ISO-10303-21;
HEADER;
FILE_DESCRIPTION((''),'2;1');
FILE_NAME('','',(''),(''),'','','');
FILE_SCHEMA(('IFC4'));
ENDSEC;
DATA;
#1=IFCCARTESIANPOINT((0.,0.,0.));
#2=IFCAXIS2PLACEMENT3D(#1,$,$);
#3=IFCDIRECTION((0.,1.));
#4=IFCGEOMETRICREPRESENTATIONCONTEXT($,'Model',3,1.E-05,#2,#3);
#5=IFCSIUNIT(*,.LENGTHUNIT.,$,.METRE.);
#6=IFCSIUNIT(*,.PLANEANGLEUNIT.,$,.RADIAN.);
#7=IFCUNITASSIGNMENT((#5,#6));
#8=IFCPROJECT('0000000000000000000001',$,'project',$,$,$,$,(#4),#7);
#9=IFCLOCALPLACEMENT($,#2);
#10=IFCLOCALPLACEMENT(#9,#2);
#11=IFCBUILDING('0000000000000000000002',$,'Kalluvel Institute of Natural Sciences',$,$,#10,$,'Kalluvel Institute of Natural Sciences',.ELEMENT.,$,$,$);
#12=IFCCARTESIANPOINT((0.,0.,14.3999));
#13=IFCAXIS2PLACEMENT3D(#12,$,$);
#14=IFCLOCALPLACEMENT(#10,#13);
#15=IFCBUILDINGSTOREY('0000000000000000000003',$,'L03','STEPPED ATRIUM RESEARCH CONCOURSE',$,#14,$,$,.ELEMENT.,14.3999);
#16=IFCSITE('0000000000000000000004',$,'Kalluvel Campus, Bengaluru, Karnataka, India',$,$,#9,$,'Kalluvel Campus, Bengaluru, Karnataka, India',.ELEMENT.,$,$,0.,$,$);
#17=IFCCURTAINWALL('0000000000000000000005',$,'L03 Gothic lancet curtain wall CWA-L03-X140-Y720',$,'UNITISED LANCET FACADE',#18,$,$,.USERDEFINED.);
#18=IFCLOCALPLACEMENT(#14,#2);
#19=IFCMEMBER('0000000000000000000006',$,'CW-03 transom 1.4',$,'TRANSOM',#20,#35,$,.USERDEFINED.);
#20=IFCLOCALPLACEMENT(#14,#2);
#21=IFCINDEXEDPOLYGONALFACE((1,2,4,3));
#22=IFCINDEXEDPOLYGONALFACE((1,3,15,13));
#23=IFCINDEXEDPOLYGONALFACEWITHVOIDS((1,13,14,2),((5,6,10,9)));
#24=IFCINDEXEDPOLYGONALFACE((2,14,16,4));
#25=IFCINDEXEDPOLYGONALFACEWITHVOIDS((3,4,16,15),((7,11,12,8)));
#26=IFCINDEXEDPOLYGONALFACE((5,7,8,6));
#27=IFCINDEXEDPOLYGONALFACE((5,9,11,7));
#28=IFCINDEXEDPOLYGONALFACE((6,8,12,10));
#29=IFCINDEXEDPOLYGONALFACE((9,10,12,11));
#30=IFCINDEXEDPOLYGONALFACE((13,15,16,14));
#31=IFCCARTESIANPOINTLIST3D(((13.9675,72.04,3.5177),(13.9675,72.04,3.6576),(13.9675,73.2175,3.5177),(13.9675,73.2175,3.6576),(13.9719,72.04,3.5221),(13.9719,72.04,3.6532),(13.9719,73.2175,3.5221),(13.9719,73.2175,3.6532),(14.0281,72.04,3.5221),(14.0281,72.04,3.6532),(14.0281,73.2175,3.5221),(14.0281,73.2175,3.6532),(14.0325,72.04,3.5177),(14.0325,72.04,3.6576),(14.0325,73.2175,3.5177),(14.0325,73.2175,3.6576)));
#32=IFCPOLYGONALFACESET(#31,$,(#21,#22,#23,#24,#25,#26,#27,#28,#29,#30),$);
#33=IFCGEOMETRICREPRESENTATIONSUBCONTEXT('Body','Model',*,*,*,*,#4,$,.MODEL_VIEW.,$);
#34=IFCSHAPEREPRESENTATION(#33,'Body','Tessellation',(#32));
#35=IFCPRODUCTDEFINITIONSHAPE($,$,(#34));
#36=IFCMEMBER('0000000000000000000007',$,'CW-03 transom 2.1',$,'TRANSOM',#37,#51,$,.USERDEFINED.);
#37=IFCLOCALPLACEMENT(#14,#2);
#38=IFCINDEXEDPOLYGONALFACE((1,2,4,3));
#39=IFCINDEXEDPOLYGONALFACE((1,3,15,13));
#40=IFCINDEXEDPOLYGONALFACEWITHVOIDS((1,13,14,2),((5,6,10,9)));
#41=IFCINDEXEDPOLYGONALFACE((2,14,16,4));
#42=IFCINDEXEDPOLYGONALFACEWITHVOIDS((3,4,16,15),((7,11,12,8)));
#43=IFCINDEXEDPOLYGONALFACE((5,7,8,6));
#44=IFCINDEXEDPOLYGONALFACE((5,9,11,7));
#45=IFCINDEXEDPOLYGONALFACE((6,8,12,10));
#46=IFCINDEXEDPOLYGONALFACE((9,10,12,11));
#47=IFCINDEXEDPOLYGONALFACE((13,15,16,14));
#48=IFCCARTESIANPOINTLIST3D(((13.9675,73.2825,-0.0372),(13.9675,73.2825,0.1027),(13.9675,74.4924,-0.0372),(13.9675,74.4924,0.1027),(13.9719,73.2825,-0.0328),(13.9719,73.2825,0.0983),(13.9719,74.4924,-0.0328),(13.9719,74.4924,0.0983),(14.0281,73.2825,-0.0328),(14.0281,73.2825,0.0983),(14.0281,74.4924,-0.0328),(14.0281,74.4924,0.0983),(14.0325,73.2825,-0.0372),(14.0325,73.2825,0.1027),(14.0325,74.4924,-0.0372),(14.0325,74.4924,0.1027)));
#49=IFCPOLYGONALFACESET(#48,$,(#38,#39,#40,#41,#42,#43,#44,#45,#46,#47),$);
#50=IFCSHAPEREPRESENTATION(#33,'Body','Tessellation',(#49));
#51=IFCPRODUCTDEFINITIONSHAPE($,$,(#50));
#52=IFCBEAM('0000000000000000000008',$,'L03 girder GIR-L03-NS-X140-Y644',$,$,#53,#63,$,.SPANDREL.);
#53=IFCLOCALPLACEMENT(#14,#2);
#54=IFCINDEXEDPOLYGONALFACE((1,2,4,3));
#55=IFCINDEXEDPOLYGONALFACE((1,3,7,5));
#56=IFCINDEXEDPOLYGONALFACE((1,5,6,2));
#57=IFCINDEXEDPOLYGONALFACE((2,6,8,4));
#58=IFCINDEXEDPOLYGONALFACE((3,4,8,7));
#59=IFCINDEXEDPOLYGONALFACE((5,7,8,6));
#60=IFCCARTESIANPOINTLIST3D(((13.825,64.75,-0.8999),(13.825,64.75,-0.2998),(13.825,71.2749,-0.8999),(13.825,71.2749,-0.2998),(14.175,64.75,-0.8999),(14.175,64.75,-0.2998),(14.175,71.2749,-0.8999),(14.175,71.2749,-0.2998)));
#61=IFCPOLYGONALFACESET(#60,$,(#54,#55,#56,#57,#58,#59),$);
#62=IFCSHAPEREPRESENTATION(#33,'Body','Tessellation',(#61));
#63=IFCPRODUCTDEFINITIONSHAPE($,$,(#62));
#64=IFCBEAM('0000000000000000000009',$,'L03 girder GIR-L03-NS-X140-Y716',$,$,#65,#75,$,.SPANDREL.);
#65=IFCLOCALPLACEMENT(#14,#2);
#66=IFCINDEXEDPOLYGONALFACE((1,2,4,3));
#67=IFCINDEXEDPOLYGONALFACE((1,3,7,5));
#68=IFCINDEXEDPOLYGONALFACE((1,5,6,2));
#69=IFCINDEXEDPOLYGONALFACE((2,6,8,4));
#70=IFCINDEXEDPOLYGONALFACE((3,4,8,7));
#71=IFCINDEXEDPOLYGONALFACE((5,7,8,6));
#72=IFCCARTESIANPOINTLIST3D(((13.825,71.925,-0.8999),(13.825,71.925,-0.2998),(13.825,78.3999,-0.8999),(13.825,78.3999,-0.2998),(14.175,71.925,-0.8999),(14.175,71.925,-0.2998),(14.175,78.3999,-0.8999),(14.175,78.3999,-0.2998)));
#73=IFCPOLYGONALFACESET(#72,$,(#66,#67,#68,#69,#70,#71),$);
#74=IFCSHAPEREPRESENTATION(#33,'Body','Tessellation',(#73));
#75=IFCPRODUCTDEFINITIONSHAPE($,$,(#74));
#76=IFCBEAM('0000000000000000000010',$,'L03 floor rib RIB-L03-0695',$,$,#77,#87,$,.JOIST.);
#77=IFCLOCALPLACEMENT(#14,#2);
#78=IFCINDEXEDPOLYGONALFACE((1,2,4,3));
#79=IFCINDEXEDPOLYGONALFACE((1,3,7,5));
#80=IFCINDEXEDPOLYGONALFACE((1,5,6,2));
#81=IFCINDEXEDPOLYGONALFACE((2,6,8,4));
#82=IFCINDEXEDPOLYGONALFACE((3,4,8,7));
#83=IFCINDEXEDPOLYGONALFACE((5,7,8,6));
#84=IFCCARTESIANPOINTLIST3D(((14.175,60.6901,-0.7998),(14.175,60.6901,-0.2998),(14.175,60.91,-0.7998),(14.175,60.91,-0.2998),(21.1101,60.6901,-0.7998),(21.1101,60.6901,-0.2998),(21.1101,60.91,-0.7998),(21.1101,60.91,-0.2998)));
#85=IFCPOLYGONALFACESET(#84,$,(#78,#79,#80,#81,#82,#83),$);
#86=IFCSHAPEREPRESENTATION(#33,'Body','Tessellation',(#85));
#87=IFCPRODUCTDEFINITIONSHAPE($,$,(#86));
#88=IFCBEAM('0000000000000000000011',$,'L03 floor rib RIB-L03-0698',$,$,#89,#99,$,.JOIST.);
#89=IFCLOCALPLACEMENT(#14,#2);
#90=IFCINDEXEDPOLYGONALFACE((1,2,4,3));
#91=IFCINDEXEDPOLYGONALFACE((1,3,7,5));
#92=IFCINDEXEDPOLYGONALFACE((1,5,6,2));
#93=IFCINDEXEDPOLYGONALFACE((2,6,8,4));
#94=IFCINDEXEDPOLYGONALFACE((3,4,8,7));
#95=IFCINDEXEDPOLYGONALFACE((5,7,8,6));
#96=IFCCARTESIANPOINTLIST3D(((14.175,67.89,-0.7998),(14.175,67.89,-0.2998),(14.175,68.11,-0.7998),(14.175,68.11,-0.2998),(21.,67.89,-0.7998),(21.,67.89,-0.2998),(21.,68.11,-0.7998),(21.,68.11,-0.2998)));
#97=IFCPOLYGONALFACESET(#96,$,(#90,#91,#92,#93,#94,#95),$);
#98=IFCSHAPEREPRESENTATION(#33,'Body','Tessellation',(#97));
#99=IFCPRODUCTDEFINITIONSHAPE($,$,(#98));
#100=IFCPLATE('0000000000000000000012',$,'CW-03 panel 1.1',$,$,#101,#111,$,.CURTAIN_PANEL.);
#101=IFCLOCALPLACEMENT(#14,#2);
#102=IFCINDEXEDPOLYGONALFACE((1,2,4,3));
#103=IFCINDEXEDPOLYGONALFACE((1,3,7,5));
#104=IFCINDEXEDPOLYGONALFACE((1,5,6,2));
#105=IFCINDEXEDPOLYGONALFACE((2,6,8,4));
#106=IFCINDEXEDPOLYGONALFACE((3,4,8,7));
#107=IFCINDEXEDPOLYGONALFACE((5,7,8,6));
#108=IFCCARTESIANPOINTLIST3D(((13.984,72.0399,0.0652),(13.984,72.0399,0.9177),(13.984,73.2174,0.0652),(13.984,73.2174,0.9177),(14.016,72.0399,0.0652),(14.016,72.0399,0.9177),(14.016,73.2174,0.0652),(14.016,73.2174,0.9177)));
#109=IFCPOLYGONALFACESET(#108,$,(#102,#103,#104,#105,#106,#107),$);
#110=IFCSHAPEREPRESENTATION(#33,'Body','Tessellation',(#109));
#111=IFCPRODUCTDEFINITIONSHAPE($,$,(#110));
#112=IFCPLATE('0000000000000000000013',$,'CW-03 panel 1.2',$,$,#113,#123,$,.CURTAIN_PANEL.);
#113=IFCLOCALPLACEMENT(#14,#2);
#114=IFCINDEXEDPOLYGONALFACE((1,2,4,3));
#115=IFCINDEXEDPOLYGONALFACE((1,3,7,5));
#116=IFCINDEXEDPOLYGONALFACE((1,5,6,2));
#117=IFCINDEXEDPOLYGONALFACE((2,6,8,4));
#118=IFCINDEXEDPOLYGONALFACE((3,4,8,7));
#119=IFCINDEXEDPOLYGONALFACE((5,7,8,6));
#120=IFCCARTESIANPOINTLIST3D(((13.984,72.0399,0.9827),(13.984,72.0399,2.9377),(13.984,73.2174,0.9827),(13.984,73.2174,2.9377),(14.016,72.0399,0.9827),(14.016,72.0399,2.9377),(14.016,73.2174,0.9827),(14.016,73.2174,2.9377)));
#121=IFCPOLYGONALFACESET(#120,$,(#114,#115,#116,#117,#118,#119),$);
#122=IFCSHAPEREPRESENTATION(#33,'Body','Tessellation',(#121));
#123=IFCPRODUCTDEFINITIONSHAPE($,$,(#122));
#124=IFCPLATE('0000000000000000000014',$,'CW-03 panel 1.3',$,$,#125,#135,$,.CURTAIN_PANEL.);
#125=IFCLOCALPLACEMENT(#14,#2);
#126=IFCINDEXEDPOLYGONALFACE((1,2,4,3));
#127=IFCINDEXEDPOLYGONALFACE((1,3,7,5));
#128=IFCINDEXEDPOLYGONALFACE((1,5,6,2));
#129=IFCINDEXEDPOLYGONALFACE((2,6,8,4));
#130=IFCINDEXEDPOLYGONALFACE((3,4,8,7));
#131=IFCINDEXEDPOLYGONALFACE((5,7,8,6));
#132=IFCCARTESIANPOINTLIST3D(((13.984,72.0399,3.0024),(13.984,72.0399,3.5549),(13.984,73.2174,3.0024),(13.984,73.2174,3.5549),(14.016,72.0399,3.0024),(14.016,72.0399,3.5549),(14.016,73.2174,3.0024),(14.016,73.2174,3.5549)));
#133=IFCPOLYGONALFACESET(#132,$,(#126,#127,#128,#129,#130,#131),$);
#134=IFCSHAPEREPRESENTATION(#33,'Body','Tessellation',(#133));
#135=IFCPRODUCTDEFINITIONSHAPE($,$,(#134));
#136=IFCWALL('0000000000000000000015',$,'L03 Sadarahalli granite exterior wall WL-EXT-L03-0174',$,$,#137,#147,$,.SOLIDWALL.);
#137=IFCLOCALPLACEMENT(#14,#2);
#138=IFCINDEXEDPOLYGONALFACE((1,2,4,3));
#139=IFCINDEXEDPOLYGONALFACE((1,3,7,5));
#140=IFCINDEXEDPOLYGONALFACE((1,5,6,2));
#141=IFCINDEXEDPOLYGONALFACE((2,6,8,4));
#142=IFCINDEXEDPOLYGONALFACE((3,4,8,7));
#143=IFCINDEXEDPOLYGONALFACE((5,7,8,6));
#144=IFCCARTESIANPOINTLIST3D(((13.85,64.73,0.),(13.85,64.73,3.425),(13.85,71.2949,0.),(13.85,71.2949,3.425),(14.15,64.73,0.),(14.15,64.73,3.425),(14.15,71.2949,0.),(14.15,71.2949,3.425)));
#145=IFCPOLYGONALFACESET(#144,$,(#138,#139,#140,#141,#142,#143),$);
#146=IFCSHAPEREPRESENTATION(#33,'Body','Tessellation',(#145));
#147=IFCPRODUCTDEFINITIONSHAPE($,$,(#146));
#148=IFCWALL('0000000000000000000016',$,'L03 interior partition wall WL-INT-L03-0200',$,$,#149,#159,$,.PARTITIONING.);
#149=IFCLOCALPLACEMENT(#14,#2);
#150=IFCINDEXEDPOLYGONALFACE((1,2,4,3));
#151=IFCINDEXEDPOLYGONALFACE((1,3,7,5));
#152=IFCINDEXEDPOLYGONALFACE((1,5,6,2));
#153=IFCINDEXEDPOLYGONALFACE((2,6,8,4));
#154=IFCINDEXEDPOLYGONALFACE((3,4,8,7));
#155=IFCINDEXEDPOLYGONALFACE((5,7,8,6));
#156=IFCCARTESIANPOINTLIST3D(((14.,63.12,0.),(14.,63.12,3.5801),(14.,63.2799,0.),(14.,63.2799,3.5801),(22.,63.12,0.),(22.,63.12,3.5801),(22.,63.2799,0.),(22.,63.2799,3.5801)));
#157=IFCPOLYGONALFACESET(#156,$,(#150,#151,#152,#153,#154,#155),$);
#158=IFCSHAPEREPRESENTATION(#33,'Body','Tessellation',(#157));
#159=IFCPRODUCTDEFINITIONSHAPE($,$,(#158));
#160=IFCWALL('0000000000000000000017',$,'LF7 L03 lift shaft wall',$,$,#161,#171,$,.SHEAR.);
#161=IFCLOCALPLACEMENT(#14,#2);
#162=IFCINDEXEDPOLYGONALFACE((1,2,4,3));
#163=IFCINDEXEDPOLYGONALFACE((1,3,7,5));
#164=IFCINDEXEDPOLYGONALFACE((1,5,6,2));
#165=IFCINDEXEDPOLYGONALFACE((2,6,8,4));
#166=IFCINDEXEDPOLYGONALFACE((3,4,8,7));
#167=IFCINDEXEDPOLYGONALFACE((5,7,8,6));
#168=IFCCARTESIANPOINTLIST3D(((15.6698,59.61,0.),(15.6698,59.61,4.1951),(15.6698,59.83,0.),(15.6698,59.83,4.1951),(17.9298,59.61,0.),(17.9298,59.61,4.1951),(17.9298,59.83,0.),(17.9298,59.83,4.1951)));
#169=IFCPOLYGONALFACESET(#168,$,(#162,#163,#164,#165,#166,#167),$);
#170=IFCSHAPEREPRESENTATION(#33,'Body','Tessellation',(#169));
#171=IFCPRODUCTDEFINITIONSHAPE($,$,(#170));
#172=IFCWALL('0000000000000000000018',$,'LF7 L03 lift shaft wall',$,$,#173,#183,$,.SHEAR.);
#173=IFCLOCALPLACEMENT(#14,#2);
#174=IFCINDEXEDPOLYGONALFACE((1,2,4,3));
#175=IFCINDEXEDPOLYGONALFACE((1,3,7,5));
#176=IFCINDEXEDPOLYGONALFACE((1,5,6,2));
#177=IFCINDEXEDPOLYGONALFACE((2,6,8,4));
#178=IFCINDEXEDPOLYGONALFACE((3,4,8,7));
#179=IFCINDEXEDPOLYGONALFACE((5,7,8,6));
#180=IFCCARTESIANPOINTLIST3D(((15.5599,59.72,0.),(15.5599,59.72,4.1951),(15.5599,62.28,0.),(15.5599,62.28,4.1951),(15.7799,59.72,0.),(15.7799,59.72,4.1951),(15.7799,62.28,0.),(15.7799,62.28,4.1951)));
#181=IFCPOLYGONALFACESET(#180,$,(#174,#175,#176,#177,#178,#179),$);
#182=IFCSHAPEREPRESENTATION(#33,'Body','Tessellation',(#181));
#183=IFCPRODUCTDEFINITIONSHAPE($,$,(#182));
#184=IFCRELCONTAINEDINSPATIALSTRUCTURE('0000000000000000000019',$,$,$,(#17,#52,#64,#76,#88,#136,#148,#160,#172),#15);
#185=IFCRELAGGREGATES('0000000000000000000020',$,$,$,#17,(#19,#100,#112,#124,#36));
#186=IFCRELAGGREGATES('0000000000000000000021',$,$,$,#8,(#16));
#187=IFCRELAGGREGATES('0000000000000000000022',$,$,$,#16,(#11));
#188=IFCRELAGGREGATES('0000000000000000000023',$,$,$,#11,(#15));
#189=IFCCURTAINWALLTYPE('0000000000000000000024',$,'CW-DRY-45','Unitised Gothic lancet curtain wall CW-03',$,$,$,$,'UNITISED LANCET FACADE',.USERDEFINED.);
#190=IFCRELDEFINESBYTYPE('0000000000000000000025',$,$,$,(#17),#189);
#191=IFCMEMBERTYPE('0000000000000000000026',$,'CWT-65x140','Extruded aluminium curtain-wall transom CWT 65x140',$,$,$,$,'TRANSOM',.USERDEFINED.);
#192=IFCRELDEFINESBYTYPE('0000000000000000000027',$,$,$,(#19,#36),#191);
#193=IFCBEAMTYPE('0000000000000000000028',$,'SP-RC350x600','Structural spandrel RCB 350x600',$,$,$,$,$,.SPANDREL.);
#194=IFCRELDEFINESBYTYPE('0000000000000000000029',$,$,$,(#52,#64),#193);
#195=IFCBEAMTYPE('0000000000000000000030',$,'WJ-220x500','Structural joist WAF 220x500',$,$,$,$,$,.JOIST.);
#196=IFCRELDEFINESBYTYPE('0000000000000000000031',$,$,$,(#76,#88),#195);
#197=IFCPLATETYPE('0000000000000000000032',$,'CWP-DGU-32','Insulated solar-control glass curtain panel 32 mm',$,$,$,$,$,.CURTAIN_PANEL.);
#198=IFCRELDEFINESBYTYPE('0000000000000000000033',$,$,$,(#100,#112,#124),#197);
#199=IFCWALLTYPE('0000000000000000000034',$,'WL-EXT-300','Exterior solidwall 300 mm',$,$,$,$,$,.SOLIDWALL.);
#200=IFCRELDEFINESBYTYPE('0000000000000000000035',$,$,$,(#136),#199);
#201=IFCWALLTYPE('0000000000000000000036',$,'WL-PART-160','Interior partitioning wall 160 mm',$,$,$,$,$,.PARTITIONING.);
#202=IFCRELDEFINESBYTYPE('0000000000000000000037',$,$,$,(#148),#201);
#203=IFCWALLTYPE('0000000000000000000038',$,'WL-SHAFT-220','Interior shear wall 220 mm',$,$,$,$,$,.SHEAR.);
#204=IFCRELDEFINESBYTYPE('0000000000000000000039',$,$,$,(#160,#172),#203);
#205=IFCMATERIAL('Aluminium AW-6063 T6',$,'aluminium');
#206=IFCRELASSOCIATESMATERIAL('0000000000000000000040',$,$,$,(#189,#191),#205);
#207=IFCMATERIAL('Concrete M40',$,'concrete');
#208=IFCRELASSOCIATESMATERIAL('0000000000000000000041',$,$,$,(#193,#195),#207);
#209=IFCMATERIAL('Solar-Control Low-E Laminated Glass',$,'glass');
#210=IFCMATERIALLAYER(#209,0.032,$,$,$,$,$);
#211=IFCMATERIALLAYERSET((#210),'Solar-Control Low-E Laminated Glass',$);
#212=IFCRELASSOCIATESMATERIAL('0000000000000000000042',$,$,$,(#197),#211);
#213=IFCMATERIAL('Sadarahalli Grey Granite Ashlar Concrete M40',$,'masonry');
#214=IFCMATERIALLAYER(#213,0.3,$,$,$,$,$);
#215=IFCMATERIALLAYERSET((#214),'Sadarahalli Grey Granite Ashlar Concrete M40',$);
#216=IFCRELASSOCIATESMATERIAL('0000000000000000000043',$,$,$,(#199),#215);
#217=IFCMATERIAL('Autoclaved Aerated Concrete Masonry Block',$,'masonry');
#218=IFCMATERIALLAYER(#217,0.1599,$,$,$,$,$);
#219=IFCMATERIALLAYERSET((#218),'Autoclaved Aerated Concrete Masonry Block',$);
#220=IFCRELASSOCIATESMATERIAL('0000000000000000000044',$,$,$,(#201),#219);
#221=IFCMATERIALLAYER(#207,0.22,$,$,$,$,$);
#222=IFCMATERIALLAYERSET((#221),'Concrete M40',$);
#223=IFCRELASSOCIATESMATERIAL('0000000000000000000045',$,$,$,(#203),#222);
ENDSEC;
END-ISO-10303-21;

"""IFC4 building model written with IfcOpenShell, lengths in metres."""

from ifc_helpers import new_model, si_unit, direction, frame, frame_2d, origin, origin_2d, place, context, subcontext, project, spatial, rectangle, hollow_rectangle, extrude, material, layer, layer_set, material_profile, profile_set, type_object, element, aggregate, save


model = new_model("IFC4")

# Units and contexts
model_context = context("Model", 3, precision=1e-05, world=origin(), true_north=direction((0.0, 1.0)))
body_context = subcontext(model_context, "Body", "Model", "MODEL_VIEW")
ifc_project = project(units=[si_unit("LENGTHUNIT", "METRE"), si_unit("PLANEANGLEUNIT", "RADIAN")], contexts=[model_context])

# Site, building, storey
site_placement = place(None, origin())
site = spatial("IfcSite", under=ifc_project, at=site_placement, Name="Kalluvel Campus, Bengaluru, Karnataka, India", LongName="Kalluvel Campus, Bengaluru, Karnataka, India", CompositionType="ELEMENT", RefElevation=0.0)
building_placement = place(site_placement, origin())
building = spatial("IfcBuilding", under=site, at=building_placement, Name="Kalluvel Institute of Natural Sciences", LongName="Kalluvel Institute of Natural Sciences", CompositionType="ELEMENT")
storey_placement = place(building_placement, frame((0.0, 0.0, 14.3999)))
storey = spatial("IfcBuildingStorey", under=building, at=storey_placement, Name="L03", Description="STEPPED ATRIUM RESEARCH CONCOURSE", CompositionType="ELEMENT", Elevation=14.3999)

# Shared definitions
ifc_material_1 = material(Name="Concrete M40", Category="concrete")

# Curtain wall, members
ifc_material_2 = material(Name="Aluminium AW-6063 T6", Category="aluminium")
curtain_wall_type = type_object("IfcCurtainWallType", Name="CW-DRY-45", Description="Unitised Gothic lancet curtain wall CW-03", ElementType="UNITISED LANCET FACADE", PredefinedType="USERDEFINED", material=ifc_material_2)
curtain_wall_placement = place(storey_placement, origin())
curtain_wall = element("IfcCurtainWall", 1, at=curtain_wall_placement, inside=storey, type_object=curtain_wall_type, Name="L03 Gothic lancet curtain wall CWA-L03-X140-Y720", ObjectType="UNITISED LANCET FACADE", PredefinedType="USERDEFINED")
ifc_material_profile_1 = material_profile(ifc_material_2, hollow_rectangle(XDim=0.0649, YDim=0.1399, WallThickness=0.0044, at=origin_2d()), Name="CWT 65x140")
ifc_profile_set_1 = profile_set([ifc_material_profile_1], Name="Aluminium AW-6063 T6")
member_type_1 = type_object("IfcMemberType", Name="CWT-65x140", Description="Extruded aluminium curtain-wall transom CWT 65x140", ElementType="TRANSOM", PredefinedType="USERDEFINED", material=ifc_profile_set_1)
member_1_placement = place(storey_placement, frame((14.0, 72.04, 3.5876), z_axis=(0.0, 1.0, 0.0), x_axis=(-1.0, 0.0, 0.0)))
member_1 = element("IfcMember", 2, at=member_1_placement, type_object=member_type_1, Name="CW-03 transom 1.4", ObjectType="TRANSOM", PredefinedType="USERDEFINED", context=body_context, shape_type="SweptSolid", body=[
    extrude(hollow_rectangle(XDim=0.0649, YDim=0.1399, WallThickness=0.0044, at=origin_2d()), origin(), (0.0, 0.0, 1.0), 1.1775),
])
member_2_placement = place(storey_placement, frame((14.0, 73.2825, 0.0327), z_axis=(0.0, 1.0, 0.0), x_axis=(-1.0, 0.0, 0.0)))
member_2 = element("IfcMember", 3, at=member_2_placement, type_object=member_type_1, Name="CW-03 transom 2.1", ObjectType="TRANSOM", PredefinedType="USERDEFINED", context=body_context, shape_type="SweptSolid", body=[
    extrude(hollow_rectangle(XDim=0.0649, YDim=0.1399, WallThickness=0.0044, at=origin_2d()), origin(), (0.0, 0.0, 1.0), 1.21),
])

# Beams
ifc_material_profile_2 = material_profile(ifc_material_1, rectangle(XDim=0.3501, YDim=0.6001, at=origin_2d()), Name="RCB 350x600")
ifc_profile_set_2 = profile_set([ifc_material_profile_2], Name="Concrete M40")
beam_type_1 = type_object("IfcBeamType", Name="SP-RC350x600", Description="Structural spandrel RCB 350x600", PredefinedType="SPANDREL", material=ifc_profile_set_2)
beam_1_placement = place(storey_placement, frame((14.0, 64.75, -0.5999), z_axis=(0.0, 1.0, 0.0), x_axis=(-1.0, 0.0, 0.0)))
element("IfcBeam", 4, at=beam_1_placement, inside=storey, type_object=beam_type_1, Name="L03 girder GIR-L03-NS-X140-Y644", PredefinedType="SPANDREL", context=body_context, shape_type="SweptSolid", body=[
    extrude(rectangle(XDim=0.3501, YDim=0.6001, at=origin_2d()), origin(), (0.0, 0.0, 1.0), 6.5249),
])
beam_2_placement = place(storey_placement, frame((14.0, 71.925, -0.5999), z_axis=(0.0, 1.0, 0.0), x_axis=(-1.0, 0.0, 0.0)))
element("IfcBeam", 5, at=beam_2_placement, inside=storey, type_object=beam_type_1, Name="L03 girder GIR-L03-NS-X140-Y716", PredefinedType="SPANDREL", context=body_context, shape_type="SweptSolid", body=[
    extrude(rectangle(XDim=0.3501, YDim=0.6001, at=origin_2d()), origin(), (0.0, 0.0, 1.0), 6.4749),
])
ifc_material_profile_3 = material_profile(ifc_material_1, rectangle(XDim=0.22, YDim=0.5, at=origin_2d()), Name="WAF 220x500")
ifc_profile_set_3 = profile_set([ifc_material_profile_3], Name="Concrete M40")
beam_type_2 = type_object("IfcBeamType", Name="WJ-220x500", Description="Structural joist WAF 220x500", PredefinedType="JOIST", material=ifc_profile_set_3)
beam_3_placement = place(storey_placement, frame((14.175, 60.8, -0.5498), z_axis=(1.0, 0.0, 0.0), x_axis=(0.0, 1.0, 0.0)))
element("IfcBeam", 6, at=beam_3_placement, inside=storey, type_object=beam_type_2, Name="L03 floor rib RIB-L03-0695", PredefinedType="JOIST", context=body_context, shape_type="SweptSolid", body=[
    extrude(rectangle(XDim=0.22, YDim=0.5, at=origin_2d()), origin(), (0.0, 0.0, 1.0), 6.9351),
])
beam_4_placement = place(storey_placement, frame((14.175, 68.0, -0.5498), z_axis=(1.0, 0.0, 0.0), x_axis=(0.0, 1.0, 0.0)))
element("IfcBeam", 7, at=beam_4_placement, inside=storey, type_object=beam_type_2, Name="L03 floor rib RIB-L03-0698", PredefinedType="JOIST", context=body_context, shape_type="SweptSolid", body=[
    extrude(rectangle(XDim=0.22, YDim=0.5, at=origin_2d()), origin(), (0.0, 0.0, 1.0), 6.825),
])

# Plates
ifc_material_3 = material(Name="Solar-Control Low-E Laminated Glass", Category="glass")
ifc_layer_1 = layer(ifc_material_3, 0.032)
ifc_layer_set_1 = layer_set([ifc_layer_1], Name="Solar-Control Low-E Laminated Glass")
plate_type = type_object("IfcPlateType", Name="CWP-DGU-32", Description="Insulated solar-control glass curtain panel 32 mm", PredefinedType="CURTAIN_PANEL", material=ifc_layer_set_1)
plate_1_placement = place(storey_placement, frame((14.0, 72.6287, 0.0652), z_axis=(0.0, 0.0, 1.0), x_axis=(0.0, 1.0, 0.0)))
plate_1 = element("IfcPlate", 8, at=plate_1_placement, type_object=plate_type, Name="CW-03 panel 1.1", PredefinedType="CURTAIN_PANEL", context=body_context, shape_type="SweptSolid", body=[
    extrude(rectangle(XDim=1.1775, YDim=0.032, at=origin_2d()), origin(), (0.0, 0.0, 1.0), 0.8525),
])
plate_2_placement = place(storey_placement, frame((14.0, 72.6287, 0.9827), z_axis=(0.0, 0.0, 1.0), x_axis=(0.0, 1.0, 0.0)))
plate_2 = element("IfcPlate", 9, at=plate_2_placement, type_object=plate_type, Name="CW-03 panel 1.2", PredefinedType="CURTAIN_PANEL", context=body_context, shape_type="SweptSolid", body=[
    extrude(rectangle(XDim=1.1775, YDim=0.032, at=origin_2d()), origin(), (0.0, 0.0, 1.0), 1.9551),
])
plate_3_placement = place(storey_placement, frame((14.0, 72.6287, 3.0024), z_axis=(0.0, 0.0, 1.0), x_axis=(0.0, 1.0, 0.0)))
plate_3 = element("IfcPlate", 10, at=plate_3_placement, type_object=plate_type, Name="CW-03 panel 1.3", PredefinedType="CURTAIN_PANEL", context=body_context, shape_type="SweptSolid", body=[
    extrude(rectangle(XDim=1.1775, YDim=0.032, at=origin_2d()), origin(), (0.0, 0.0, 1.0), 0.5525),
])
aggregate(curtain_wall, [member_1, plate_1, plate_2, plate_3, member_2])

# Walls
ifc_material_4 = material(Name="Sadarahalli Grey Granite Ashlar Concrete M40", Category="masonry")
ifc_layer_2 = layer(ifc_material_4, 0.3)
ifc_layer_set_2 = layer_set([ifc_layer_2], Name="Sadarahalli Grey Granite Ashlar Concrete M40")
wall_type_1 = type_object("IfcWallType", Name="WL-EXT-300", Description="Exterior solidwall 300 mm", PredefinedType="SOLIDWALL", material=ifc_layer_set_2)
wall_1_placement = place(storey_placement, frame((14.0, 64.73, 0.0), z_axis=(0.0, 0.0, 1.0), x_axis=(0.0, 1.0, 0.0)))
element("IfcWall", 11, at=wall_1_placement, inside=storey, type_object=wall_type_1, Name="L03 Sadarahalli granite exterior wall WL-EXT-L03-0174", PredefinedType="SOLIDWALL", context=body_context, shape_type="SweptSolid", body=[
    extrude(rectangle(XDim=6.5649, YDim=0.3, at=frame_2d((3.2825, 0.0))), origin(), (0.0, 0.0, 1.0), 3.425),
])
ifc_material_5 = material(Name="Autoclaved Aerated Concrete Masonry Block", Category="masonry")
ifc_layer_3 = layer(ifc_material_5, 0.1599)
ifc_layer_set_3 = layer_set([ifc_layer_3], Name="Autoclaved Aerated Concrete Masonry Block")
wall_type_2 = type_object("IfcWallType", Name="WL-PART-160", Description="Interior partitioning wall 160 mm", PredefinedType="PARTITIONING", material=ifc_layer_set_3)
wall_2_placement = place(storey_placement, frame((14.0, 63.2, 0.0), z_axis=(0.0, 0.0, 1.0), x_axis=(1.0, 0.0, 0.0)))
element("IfcWall", 12, at=wall_2_placement, inside=storey, type_object=wall_type_2, Name="L03 interior partition wall WL-INT-L03-0200", PredefinedType="PARTITIONING", context=body_context, shape_type="SweptSolid", body=[
    extrude(rectangle(XDim=8.0, YDim=0.1599, at=frame_2d((4.0, 0.0))), origin(), (0.0, 0.0, 1.0), 3.5801),
])
ifc_layer_4 = layer(ifc_material_1, 0.22)
ifc_layer_set_4 = layer_set([ifc_layer_4], Name="Concrete M40")
wall_type_3 = type_object("IfcWallType", Name="WL-SHAFT-220", Description="Interior shear wall 220 mm", PredefinedType="SHEAR", material=ifc_layer_set_4)
wall_3_placement = place(storey_placement, frame((15.6699, 59.72, 0.0), z_axis=(0.0, 0.0, 1.0), x_axis=(1.0, 0.0, 0.0)))
element("IfcWall", 13, at=wall_3_placement, inside=storey, type_object=wall_type_3, Name="LF7 L03 lift shaft wall", PredefinedType="SHEAR", context=body_context, shape_type="SweptSolid", body=[
    extrude(rectangle(XDim=2.26, YDim=0.22, at=frame_2d((1.1299, 0.0))), origin(), (0.0, 0.0, 1.0), 4.1951),
])
wall_4_placement = place(storey_placement, frame((15.6699, 62.28, 0.0), z_axis=(0.0, 0.0, 1.0), x_axis=(0.0, -1.0, 0.0)))
element("IfcWall", 14, at=wall_4_placement, inside=storey, type_object=wall_type_3, Name="LF7 L03 lift shaft wall", PredefinedType="SHEAR", context=body_context, shape_type="SweptSolid", body=[
    extrude(rectangle(XDim=2.5601, YDim=0.22, at=frame_2d((1.28, 0.0))), origin(), (0.0, 0.0, 1.0), 4.1951),
])

save(model, "model.ifc")
